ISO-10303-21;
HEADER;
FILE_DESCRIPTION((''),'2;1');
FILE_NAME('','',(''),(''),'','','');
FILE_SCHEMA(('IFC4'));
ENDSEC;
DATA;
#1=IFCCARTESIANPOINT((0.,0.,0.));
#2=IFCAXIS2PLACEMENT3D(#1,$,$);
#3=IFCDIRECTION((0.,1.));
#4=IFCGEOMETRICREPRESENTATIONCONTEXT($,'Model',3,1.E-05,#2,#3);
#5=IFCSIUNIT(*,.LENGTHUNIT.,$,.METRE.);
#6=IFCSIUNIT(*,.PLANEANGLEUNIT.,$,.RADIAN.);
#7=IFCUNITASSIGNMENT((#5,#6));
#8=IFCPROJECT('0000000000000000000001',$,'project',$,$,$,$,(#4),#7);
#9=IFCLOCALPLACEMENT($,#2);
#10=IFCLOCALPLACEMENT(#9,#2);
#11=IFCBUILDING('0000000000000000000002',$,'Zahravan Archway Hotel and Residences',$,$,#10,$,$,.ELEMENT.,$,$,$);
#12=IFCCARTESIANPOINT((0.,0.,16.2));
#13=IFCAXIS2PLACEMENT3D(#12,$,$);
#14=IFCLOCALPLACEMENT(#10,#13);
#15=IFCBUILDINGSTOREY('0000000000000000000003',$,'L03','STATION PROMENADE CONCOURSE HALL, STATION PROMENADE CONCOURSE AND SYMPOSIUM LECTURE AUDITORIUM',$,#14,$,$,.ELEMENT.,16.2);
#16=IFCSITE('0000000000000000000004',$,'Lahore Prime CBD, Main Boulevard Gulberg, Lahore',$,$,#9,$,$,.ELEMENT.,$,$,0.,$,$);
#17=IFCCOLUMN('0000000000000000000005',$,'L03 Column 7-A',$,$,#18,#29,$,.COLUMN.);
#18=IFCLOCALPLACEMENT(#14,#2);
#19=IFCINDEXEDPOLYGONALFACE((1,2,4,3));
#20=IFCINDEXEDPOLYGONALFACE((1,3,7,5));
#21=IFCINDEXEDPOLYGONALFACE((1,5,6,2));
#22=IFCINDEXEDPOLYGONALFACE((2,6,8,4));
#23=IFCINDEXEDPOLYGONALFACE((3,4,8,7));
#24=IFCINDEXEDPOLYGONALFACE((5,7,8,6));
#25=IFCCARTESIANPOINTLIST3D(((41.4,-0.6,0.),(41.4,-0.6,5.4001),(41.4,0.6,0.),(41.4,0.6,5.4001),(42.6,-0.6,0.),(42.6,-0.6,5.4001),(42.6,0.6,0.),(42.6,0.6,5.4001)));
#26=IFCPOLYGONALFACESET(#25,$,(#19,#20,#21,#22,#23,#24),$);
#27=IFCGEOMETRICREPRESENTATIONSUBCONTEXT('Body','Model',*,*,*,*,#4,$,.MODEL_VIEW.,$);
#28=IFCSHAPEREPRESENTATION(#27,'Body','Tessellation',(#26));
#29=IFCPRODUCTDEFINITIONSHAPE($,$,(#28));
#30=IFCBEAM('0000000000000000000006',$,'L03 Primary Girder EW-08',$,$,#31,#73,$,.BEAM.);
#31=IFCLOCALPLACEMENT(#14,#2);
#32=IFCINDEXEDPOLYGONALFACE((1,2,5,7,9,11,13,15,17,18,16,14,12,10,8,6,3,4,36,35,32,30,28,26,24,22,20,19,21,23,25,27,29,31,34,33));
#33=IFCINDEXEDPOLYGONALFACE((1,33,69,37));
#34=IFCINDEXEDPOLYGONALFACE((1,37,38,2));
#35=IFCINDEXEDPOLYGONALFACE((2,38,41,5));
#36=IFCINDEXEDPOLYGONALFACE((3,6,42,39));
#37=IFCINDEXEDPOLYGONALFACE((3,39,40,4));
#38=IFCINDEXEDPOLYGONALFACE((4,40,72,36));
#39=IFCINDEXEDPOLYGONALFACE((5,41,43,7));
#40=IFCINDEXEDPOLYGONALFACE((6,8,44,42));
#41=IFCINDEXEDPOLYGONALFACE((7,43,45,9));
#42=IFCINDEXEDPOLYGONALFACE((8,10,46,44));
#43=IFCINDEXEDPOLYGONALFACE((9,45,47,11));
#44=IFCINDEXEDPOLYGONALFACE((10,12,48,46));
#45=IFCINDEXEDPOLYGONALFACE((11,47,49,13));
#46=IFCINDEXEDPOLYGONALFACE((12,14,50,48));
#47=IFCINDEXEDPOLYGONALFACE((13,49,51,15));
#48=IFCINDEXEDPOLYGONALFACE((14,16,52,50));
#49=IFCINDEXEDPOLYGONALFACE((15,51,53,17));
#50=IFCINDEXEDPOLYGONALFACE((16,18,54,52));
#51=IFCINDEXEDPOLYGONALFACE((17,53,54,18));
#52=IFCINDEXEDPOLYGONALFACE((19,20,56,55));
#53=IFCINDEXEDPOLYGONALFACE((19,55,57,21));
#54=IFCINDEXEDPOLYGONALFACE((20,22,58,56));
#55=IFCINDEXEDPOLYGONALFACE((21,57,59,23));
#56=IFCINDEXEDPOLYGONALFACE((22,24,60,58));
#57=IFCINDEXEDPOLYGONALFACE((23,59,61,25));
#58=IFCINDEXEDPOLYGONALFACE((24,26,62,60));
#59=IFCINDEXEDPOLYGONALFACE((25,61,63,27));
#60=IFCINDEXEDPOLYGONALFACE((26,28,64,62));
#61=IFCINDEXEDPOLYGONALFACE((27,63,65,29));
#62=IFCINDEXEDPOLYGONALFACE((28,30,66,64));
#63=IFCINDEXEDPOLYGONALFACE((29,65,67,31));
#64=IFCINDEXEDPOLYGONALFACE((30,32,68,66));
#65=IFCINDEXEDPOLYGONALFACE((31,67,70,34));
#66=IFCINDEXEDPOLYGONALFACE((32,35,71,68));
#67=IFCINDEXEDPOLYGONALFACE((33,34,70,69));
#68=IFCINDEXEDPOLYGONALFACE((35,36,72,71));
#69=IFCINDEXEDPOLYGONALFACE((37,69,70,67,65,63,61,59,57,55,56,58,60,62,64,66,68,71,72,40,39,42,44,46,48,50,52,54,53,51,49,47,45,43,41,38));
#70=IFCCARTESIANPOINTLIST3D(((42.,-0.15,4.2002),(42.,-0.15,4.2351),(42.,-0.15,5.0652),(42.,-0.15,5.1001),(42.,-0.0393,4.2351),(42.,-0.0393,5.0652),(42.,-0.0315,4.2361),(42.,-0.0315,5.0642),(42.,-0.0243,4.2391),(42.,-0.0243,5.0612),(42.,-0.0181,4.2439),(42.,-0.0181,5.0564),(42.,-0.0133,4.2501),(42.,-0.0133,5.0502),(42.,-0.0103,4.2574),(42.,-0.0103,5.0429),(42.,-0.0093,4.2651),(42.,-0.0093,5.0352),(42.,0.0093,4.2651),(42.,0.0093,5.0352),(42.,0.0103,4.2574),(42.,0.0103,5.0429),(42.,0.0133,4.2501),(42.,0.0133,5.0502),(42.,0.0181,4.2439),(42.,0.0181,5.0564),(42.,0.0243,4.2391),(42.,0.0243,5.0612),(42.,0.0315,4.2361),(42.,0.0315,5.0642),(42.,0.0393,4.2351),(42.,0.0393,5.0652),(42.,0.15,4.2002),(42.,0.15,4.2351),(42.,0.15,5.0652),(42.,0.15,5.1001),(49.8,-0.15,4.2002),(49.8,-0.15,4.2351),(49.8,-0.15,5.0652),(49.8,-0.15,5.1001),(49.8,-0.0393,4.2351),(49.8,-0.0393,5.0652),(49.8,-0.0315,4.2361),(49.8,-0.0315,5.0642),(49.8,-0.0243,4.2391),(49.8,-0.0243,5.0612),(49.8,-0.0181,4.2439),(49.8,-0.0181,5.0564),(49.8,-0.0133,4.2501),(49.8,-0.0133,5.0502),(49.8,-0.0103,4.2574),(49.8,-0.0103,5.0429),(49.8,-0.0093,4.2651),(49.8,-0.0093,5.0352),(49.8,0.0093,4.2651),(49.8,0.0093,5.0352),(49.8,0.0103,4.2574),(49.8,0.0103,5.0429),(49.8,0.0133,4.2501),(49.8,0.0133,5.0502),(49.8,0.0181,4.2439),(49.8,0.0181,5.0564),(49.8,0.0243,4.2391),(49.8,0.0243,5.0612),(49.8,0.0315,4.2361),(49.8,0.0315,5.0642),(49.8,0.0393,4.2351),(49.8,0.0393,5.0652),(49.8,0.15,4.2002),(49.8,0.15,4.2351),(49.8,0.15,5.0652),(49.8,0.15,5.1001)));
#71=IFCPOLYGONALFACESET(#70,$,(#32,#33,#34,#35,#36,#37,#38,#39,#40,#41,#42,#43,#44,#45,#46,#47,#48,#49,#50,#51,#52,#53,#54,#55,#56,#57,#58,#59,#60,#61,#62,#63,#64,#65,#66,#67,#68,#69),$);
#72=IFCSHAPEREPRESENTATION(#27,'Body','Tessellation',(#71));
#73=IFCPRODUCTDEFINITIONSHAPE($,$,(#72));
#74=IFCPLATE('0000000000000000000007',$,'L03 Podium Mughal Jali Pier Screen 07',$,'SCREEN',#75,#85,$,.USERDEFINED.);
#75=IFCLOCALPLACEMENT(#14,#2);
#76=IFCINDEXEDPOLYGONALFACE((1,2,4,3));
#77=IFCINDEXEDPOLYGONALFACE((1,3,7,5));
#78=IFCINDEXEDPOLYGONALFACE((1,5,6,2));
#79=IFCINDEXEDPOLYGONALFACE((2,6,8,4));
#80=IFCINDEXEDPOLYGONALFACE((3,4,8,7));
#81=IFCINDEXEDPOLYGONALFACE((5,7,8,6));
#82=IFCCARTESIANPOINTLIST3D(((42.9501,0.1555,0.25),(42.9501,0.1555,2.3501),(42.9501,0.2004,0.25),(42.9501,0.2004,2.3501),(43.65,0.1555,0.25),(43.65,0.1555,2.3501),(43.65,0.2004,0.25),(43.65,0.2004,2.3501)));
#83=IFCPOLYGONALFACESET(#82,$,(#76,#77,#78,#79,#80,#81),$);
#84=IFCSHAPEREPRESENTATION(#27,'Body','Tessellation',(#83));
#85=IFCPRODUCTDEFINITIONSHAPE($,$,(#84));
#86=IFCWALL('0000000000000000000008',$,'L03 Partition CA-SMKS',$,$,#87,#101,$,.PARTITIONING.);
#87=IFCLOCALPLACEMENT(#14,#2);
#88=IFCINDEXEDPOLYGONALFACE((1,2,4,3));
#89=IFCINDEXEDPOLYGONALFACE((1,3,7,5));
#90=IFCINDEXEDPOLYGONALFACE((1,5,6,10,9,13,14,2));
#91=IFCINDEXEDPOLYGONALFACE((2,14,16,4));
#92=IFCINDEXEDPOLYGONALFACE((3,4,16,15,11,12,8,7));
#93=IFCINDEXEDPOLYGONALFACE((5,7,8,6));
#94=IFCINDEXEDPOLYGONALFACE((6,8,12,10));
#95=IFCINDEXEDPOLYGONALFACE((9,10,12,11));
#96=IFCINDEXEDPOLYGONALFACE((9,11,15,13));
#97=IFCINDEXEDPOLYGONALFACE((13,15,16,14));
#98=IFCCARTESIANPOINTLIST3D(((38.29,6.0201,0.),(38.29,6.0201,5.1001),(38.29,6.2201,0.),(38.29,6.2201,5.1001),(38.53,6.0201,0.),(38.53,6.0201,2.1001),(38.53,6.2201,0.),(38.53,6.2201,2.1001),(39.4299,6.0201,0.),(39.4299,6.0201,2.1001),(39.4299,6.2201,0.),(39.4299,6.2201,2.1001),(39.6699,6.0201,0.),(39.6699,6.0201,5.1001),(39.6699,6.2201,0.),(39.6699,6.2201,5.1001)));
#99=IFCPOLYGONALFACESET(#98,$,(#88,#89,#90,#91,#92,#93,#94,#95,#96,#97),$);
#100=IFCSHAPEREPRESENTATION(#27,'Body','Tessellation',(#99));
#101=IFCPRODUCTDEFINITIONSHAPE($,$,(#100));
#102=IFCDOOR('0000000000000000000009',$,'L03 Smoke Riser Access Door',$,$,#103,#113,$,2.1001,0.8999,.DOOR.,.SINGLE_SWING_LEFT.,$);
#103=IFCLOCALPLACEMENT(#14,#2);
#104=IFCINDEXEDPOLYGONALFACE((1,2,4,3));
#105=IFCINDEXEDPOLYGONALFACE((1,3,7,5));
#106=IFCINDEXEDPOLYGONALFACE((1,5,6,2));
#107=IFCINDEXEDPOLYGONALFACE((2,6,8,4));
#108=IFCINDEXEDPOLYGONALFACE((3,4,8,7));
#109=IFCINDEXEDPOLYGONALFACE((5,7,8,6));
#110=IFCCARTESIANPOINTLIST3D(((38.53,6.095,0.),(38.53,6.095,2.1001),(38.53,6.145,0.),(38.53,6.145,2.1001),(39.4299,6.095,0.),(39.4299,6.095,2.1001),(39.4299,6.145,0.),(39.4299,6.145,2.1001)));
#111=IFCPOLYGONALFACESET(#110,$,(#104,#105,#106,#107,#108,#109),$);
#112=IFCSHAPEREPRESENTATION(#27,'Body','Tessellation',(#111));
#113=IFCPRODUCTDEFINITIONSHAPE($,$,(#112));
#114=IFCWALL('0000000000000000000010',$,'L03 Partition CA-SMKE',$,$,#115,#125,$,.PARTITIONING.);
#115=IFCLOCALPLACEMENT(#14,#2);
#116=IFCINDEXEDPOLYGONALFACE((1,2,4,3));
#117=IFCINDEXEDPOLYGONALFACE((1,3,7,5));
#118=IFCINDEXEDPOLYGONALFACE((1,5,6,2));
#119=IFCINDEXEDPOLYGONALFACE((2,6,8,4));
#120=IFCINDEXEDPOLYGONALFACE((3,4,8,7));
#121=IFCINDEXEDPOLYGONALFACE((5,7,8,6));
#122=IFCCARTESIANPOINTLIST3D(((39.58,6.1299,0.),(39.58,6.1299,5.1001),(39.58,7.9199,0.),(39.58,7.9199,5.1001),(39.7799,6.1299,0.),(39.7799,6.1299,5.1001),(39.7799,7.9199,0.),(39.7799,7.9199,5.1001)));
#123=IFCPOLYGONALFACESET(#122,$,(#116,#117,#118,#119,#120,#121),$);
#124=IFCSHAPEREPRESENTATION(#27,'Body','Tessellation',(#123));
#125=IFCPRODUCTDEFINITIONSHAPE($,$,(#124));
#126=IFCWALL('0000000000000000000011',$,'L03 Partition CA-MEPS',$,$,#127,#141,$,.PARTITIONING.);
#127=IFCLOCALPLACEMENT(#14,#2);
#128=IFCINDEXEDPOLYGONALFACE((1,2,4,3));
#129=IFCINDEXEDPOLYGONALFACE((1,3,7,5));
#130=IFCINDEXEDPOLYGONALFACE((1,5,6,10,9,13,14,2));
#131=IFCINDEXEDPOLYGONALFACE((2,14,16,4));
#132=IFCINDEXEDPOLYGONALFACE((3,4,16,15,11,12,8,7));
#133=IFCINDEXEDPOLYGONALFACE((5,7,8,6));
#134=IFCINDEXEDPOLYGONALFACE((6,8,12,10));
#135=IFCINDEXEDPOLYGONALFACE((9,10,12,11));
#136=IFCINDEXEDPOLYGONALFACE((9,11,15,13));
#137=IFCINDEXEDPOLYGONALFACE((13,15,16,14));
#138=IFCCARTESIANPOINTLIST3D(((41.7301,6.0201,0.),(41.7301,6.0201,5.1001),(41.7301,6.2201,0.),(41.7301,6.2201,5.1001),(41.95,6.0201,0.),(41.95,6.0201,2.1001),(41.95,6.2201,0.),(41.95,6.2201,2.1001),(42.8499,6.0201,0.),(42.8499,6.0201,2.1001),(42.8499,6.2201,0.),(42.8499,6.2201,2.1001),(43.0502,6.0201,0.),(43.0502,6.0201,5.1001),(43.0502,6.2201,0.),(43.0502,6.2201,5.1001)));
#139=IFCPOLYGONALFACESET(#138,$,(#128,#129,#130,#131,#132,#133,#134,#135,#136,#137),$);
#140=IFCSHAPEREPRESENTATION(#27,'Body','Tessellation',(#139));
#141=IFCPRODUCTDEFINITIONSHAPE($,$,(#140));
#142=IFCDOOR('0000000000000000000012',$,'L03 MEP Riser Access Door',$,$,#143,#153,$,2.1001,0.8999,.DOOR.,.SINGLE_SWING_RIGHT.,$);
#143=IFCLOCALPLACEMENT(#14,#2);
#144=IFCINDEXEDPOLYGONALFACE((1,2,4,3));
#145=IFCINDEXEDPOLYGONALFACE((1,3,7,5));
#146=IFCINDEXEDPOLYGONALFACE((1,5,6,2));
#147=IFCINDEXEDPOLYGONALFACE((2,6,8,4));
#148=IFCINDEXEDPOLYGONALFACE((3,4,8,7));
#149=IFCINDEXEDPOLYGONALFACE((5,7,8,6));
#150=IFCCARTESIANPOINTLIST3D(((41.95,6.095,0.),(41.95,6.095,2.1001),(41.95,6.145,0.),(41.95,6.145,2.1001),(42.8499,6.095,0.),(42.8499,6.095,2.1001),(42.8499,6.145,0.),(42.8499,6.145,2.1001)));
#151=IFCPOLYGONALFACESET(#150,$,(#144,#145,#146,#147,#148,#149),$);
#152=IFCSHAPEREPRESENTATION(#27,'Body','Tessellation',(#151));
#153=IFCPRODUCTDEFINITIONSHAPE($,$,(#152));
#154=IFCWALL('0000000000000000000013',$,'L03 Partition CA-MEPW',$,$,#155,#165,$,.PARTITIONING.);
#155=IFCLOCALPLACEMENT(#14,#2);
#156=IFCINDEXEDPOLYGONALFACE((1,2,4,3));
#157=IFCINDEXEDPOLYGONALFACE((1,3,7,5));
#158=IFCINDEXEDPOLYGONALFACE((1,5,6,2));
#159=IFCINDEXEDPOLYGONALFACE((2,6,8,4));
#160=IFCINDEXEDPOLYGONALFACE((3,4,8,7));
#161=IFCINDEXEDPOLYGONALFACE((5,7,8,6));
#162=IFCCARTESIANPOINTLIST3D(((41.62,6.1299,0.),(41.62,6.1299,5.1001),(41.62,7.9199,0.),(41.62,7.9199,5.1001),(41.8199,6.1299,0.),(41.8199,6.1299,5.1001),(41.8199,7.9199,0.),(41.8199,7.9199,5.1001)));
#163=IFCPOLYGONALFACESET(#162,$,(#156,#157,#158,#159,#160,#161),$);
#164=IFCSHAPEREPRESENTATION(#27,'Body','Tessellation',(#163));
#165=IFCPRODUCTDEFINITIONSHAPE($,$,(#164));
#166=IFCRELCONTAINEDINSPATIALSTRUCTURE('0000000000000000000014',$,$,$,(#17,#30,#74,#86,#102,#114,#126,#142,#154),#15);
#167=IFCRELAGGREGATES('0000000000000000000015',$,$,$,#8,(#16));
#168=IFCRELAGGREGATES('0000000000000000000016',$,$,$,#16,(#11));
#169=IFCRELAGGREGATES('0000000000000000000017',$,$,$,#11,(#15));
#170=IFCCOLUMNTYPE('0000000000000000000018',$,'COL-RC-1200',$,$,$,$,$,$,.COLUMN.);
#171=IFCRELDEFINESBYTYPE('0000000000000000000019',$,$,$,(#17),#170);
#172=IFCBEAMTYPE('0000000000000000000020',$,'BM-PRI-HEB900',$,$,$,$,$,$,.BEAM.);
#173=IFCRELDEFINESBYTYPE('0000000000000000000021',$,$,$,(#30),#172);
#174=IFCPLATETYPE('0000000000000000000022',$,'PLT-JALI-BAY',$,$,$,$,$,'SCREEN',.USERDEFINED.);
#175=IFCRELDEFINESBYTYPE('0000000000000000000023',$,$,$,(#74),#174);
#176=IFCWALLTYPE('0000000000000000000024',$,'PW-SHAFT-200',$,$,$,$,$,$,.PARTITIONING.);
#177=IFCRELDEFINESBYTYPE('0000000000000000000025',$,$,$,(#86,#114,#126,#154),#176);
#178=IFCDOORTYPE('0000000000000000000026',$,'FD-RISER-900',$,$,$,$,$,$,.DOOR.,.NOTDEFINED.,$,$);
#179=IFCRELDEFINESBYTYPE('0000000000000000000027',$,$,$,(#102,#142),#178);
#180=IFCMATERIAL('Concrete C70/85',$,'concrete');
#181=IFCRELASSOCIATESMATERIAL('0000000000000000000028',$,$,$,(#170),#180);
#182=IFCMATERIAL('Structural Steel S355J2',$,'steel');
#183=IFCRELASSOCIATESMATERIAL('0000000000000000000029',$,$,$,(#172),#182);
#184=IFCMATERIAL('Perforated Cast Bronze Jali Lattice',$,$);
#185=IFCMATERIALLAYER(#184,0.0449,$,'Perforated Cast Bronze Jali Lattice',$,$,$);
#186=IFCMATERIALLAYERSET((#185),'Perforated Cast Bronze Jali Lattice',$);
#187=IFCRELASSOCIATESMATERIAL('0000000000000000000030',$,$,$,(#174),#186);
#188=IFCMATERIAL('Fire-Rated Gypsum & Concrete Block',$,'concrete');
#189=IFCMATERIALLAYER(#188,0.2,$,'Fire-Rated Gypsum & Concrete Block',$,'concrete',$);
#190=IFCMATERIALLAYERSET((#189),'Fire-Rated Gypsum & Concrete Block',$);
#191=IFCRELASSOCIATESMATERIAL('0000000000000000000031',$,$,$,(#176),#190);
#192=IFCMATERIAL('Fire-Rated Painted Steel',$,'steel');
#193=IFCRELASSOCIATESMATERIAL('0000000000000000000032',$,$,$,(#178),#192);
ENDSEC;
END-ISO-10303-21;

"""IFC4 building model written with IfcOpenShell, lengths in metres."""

from ifc_helpers import new_model, si_unit, direction, frame, frame_2d, origin, origin_2d, place, context, subcontext, project, spatial, rectangle, i_section, extrude, source, transform, mapped, material, layer, layer_set, material_profile, profile_set, type_object, type_shapes, element, fill, save


model = new_model("IFC4")

# Units and contexts
model_context = context("Model", 3, precision=1e-05, world=origin(), true_north=direction((0.0, 1.0)))
body_context = subcontext(model_context, "Body", "Model", "MODEL_VIEW")
ifc_project = project(units=[si_unit("LENGTHUNIT", "METRE"), si_unit("PLANEANGLEUNIT", "RADIAN")], contexts=[model_context])

# Site, building, storey
site_placement = place(None, origin())
site = spatial("IfcSite", under=ifc_project, at=site_placement, Name="Lahore Prime CBD, Main Boulevard Gulberg, Lahore", CompositionType="ELEMENT", RefElevation=0.0)
building_placement = place(site_placement, origin())
building = spatial("IfcBuilding", under=site, at=building_placement, Name="Zahravan Archway Hotel and Residences", CompositionType="ELEMENT")
storey_placement = place(building_placement, frame((0.0, 0.0, 16.2)))
storey = spatial("IfcBuildingStorey", under=building, at=storey_placement, Name="L03", Description="STATION PROMENADE CONCOURSE HALL, STATION PROMENADE CONCOURSE AND SYMPOSIUM LECTURE AUDITORIUM", CompositionType="ELEMENT", Elevation=16.2)

# Column
ifc_material_1 = material(Name="Concrete C70/85", Category="concrete")
ifc_material_profile_1 = material_profile(ifc_material_1, rectangle(XDim=1.2, YDim=1.2, at=origin_2d()), Name="RC-COL-1200x1200", Category="concrete")
ifc_profile_set_1 = profile_set([ifc_material_profile_1], Name="Concrete C70/85")
column_type = type_object("IfcColumnType", Name="COL-RC-1200", PredefinedType="COLUMN", material=ifc_profile_set_1)
shared_shape_1 = source(origin(), body_context, "Body", "SweptSolid", [
    extrude(rectangle(XDim=1.2, YDim=1.2, at=origin_2d()), origin(), (0.0, 0.0, 1.0), 5.4001),
])
column_placement = place(storey_placement, frame((42.0, 0.0, 0.0), z_axis=(0.0, 0.0, 1.0), x_axis=(1.0, 0.0, 0.0)))
element("IfcColumn", 1, at=column_placement, inside=storey, type_object=column_type, Name="L03 Column 7-A", PredefinedType="COLUMN", context=body_context, shape_type="MappedRepresentation", body=[
    mapped(shared_shape_1, transform((0.0, 0.0, 0.0), scale=1.0)),
])

# Beam
ifc_material_2 = material(Name="Structural Steel S355J2", Category="steel")
ifc_material_profile_2 = material_profile(ifc_material_2, i_section(OverallWidth=0.3, OverallDepth=0.8999, WebThickness=0.0186, FlangeThickness=0.0349, FilletRadius=0.03, at=origin_2d()), Name="HEB 900", Category="steel")
ifc_profile_set_2 = profile_set([ifc_material_profile_2], Name="Structural Steel S355J2")
beam_type = type_object("IfcBeamType", Name="BM-PRI-HEB900", PredefinedType="BEAM", material=ifc_profile_set_2)
shared_shape_2 = source(origin(), body_context, "Body", "SweptSolid", [
    extrude(i_section(OverallWidth=0.3, OverallDepth=0.8999, WebThickness=0.0186, FlangeThickness=0.0349, FilletRadius=0.03, at=origin_2d()), origin(), (0.0, 0.0, 1.0), 7.8),
])
beam_placement = place(storey_placement, frame((42.0, 0.0, 4.6501), z_axis=(1.0, 0.0, 0.0), x_axis=(0.0, 1.0, 0.0)))
element("IfcBeam", 2, at=beam_placement, inside=storey, type_object=beam_type, Name="L03 Primary Girder EW-08", PredefinedType="BEAM", context=body_context, shape_type="MappedRepresentation", body=[
    mapped(shared_shape_2, transform((0.0, 0.0, 0.0), scale=1.0)),
])

# Plate
ifc_material_3 = material(Name="Perforated Cast Bronze Jali Lattice")
ifc_layer_1 = layer(ifc_material_3, 0.0449, Name="Perforated Cast Bronze Jali Lattice")
ifc_layer_set_1 = layer_set([ifc_layer_1], Name="Perforated Cast Bronze Jali Lattice")
plate_type = type_object("IfcPlateType", Name="PLT-JALI-BAY", ElementType="SCREEN", PredefinedType="USERDEFINED", material=ifc_layer_set_1)
shared_shape_3 = source(origin(), body_context, "Body", "SweptSolid", [
    extrude(rectangle(XDim=0.7, YDim=0.0449, at=origin_2d()), origin(), (0.0, 0.0, 1.0), 2.1001),
])
type_shapes(plate_type, [shared_shape_3])
plate_placement = place(storey_placement, frame((43.3, 0.178, 0.25), z_axis=(0.0, 0.0, 1.0), x_axis=(1.0, 0.0, 0.0)))
element("IfcPlate", 3, at=plate_placement, inside=storey, type_object=plate_type, Name="L03 Podium Mughal Jali Pier Screen 07", ObjectType="SCREEN", PredefinedType="USERDEFINED", context=body_context, shape_type="MappedRepresentation", body=[
    mapped(shared_shape_3, transform((0.0, 0.0, 0.0), scale=1.0)),
])

# Wall, opening, door
ifc_material_4 = material(Name="Fire-Rated Gypsum & Concrete Block", Category="concrete")
ifc_layer_2 = layer(ifc_material_4, 0.2, Name="Fire-Rated Gypsum & Concrete Block", Category="concrete")
ifc_layer_set_2 = layer_set([ifc_layer_2], Name="Fire-Rated Gypsum & Concrete Block")
wall_type_1 = type_object("IfcWallType", Name="PW-SHAFT-200", PredefinedType="PARTITIONING", material=ifc_layer_set_2)
wall_1_placement = place(storey_placement, frame((38.29, 6.1201, 0.0), z_axis=(0.0, 0.0, 1.0), x_axis=(1.0, 0.0, 0.0)))
wall_1 = element("IfcWall", 4, at=wall_1_placement, inside=storey, type_object=wall_type_1, Name="L03 Partition CA-SMKS", PredefinedType="PARTITIONING", context=body_context, shape_type="SweptSolid", body=[
    extrude(rectangle(XDim=1.3799, YDim=0.2, at=frame_2d((0.6899, 0.0))), origin(), (0.0, 0.0, 1.0), 5.1001),
])
opening_1_placement = place(wall_1_placement, frame((0.24, 0.0, 0.0)))
opening_1 = element("IfcOpeningElement", 5, at=opening_1_placement, cuts=wall_1, PredefinedType="OPENING", context=body_context, shape_type="SweptSolid", body=[
    extrude(rectangle(XDim=0.8999, YDim=2.1001, at=frame_2d((0.45, 1.05))), frame((0.0, 0.1099, 0.0), z_axis=(0.0, -1.0, 0.0), x_axis=(1.0, 0.0, 0.0)), (0.0, 0.0, 1.0), 0.22),
])
ifc_material_5 = material(Name="Fire-Rated Painted Steel", Category="steel")
door_type = type_object("IfcDoorType", Name="FD-RISER-900", OperationType="NOTDEFINED", PredefinedType="DOOR", material=ifc_material_5)
shared_shape_4 = source(origin(), body_context, "Body", "SweptSolid", [
    extrude(rectangle(XDim=0.8999, YDim=2.1001, at=frame_2d((0.45, 1.05))), frame((0.0, 0.0249, 0.0), z_axis=(0.0, -1.0, 0.0), x_axis=(1.0, 0.0, 0.0)), (0.0, 0.0, 1.0), 0.05),
])
type_shapes(door_type, [shared_shape_4])
door_1_placement = place(opening_1_placement, origin())
door_1 = element("IfcDoor", 6, at=door_1_placement, inside=storey, type_object=door_type, Name="L03 Smoke Riser Access Door", OperationType="SINGLE_SWING_LEFT", OverallHeight=2.1001, OverallWidth=0.8999, PredefinedType="DOOR", context=body_context, shape_type="MappedRepresentation", body=[
    mapped(shared_shape_4, transform((0.0, 0.0, 0.0), scale=1.0)),
])
fill(opening_1, door_1)

# Wall
wall_2_placement = place(storey_placement, frame((39.6799, 6.1299, 0.0), z_axis=(0.0, 0.0, 1.0), x_axis=(0.0, 1.0, 0.0)))
element("IfcWall", 7, at=wall_2_placement, inside=storey, type_object=wall_type_1, Name="L03 Partition CA-SMKE", PredefinedType="PARTITIONING", context=body_context, shape_type="SweptSolid", body=[
    extrude(rectangle(XDim=1.79, YDim=0.2, at=frame_2d((0.895, 0.0))), origin(), (0.0, 0.0, 1.0), 5.1001),
])

# Wall, opening, door
wall_3_placement = place(storey_placement, frame((41.73, 6.1201, 0.0), z_axis=(0.0, 0.0, 1.0), x_axis=(1.0, 0.0, 0.0)))
wall_3 = element("IfcWall", 8, at=wall_3_placement, inside=storey, type_object=wall_type_1, Name="L03 Partition CA-MEPS", PredefinedType="PARTITIONING", context=body_context, shape_type="SweptSolid", body=[
    extrude(rectangle(XDim=1.3201, YDim=0.2, at=frame_2d((0.6602, 0.0))), origin(), (0.0, 0.0, 1.0), 5.1001),
])
opening_2_placement = place(wall_3_placement, frame((0.22, 0.0, 0.0)))
opening_2 = element("IfcOpeningElement", 9, at=opening_2_placement, cuts=wall_3, PredefinedType="OPENING", context=body_context, shape_type="SweptSolid", body=[
    extrude(rectangle(XDim=0.8999, YDim=2.1001, at=frame_2d((0.45, 1.05))), frame((0.0, 0.1099, 0.0), z_axis=(0.0, -1.0, 0.0), x_axis=(1.0, 0.0, 0.0)), (0.0, 0.0, 1.0), 0.22),
])
door_2_placement = place(opening_2_placement, origin())
door_2 = element("IfcDoor", 10, at=door_2_placement, inside=storey, type_object=door_type, Name="L03 MEP Riser Access Door", OperationType="SINGLE_SWING_RIGHT", OverallHeight=2.1001, OverallWidth=0.8999, PredefinedType="DOOR", context=body_context, shape_type="MappedRepresentation", body=[
    mapped(shared_shape_4, transform((0.0, 0.0, 0.0), scale=1.0)),
])
fill(opening_2, door_2)

# Wall
wall_4_placement = place(storey_placement, frame((41.72, 6.1299, 0.0), z_axis=(0.0, 0.0, 1.0), x_axis=(0.0, 1.0, 0.0)))
element("IfcWall", 11, at=wall_4_placement, inside=storey, type_object=wall_type_1, Name="L03 Partition CA-MEPW", PredefinedType="PARTITIONING", context=body_context, shape_type="SweptSolid", body=[
    extrude(rectangle(XDim=1.79, YDim=0.2, at=frame_2d((0.895, 0.0))), origin(), (0.0, 0.0, 1.0), 5.1001),
])

save(model, "model.ifc")
